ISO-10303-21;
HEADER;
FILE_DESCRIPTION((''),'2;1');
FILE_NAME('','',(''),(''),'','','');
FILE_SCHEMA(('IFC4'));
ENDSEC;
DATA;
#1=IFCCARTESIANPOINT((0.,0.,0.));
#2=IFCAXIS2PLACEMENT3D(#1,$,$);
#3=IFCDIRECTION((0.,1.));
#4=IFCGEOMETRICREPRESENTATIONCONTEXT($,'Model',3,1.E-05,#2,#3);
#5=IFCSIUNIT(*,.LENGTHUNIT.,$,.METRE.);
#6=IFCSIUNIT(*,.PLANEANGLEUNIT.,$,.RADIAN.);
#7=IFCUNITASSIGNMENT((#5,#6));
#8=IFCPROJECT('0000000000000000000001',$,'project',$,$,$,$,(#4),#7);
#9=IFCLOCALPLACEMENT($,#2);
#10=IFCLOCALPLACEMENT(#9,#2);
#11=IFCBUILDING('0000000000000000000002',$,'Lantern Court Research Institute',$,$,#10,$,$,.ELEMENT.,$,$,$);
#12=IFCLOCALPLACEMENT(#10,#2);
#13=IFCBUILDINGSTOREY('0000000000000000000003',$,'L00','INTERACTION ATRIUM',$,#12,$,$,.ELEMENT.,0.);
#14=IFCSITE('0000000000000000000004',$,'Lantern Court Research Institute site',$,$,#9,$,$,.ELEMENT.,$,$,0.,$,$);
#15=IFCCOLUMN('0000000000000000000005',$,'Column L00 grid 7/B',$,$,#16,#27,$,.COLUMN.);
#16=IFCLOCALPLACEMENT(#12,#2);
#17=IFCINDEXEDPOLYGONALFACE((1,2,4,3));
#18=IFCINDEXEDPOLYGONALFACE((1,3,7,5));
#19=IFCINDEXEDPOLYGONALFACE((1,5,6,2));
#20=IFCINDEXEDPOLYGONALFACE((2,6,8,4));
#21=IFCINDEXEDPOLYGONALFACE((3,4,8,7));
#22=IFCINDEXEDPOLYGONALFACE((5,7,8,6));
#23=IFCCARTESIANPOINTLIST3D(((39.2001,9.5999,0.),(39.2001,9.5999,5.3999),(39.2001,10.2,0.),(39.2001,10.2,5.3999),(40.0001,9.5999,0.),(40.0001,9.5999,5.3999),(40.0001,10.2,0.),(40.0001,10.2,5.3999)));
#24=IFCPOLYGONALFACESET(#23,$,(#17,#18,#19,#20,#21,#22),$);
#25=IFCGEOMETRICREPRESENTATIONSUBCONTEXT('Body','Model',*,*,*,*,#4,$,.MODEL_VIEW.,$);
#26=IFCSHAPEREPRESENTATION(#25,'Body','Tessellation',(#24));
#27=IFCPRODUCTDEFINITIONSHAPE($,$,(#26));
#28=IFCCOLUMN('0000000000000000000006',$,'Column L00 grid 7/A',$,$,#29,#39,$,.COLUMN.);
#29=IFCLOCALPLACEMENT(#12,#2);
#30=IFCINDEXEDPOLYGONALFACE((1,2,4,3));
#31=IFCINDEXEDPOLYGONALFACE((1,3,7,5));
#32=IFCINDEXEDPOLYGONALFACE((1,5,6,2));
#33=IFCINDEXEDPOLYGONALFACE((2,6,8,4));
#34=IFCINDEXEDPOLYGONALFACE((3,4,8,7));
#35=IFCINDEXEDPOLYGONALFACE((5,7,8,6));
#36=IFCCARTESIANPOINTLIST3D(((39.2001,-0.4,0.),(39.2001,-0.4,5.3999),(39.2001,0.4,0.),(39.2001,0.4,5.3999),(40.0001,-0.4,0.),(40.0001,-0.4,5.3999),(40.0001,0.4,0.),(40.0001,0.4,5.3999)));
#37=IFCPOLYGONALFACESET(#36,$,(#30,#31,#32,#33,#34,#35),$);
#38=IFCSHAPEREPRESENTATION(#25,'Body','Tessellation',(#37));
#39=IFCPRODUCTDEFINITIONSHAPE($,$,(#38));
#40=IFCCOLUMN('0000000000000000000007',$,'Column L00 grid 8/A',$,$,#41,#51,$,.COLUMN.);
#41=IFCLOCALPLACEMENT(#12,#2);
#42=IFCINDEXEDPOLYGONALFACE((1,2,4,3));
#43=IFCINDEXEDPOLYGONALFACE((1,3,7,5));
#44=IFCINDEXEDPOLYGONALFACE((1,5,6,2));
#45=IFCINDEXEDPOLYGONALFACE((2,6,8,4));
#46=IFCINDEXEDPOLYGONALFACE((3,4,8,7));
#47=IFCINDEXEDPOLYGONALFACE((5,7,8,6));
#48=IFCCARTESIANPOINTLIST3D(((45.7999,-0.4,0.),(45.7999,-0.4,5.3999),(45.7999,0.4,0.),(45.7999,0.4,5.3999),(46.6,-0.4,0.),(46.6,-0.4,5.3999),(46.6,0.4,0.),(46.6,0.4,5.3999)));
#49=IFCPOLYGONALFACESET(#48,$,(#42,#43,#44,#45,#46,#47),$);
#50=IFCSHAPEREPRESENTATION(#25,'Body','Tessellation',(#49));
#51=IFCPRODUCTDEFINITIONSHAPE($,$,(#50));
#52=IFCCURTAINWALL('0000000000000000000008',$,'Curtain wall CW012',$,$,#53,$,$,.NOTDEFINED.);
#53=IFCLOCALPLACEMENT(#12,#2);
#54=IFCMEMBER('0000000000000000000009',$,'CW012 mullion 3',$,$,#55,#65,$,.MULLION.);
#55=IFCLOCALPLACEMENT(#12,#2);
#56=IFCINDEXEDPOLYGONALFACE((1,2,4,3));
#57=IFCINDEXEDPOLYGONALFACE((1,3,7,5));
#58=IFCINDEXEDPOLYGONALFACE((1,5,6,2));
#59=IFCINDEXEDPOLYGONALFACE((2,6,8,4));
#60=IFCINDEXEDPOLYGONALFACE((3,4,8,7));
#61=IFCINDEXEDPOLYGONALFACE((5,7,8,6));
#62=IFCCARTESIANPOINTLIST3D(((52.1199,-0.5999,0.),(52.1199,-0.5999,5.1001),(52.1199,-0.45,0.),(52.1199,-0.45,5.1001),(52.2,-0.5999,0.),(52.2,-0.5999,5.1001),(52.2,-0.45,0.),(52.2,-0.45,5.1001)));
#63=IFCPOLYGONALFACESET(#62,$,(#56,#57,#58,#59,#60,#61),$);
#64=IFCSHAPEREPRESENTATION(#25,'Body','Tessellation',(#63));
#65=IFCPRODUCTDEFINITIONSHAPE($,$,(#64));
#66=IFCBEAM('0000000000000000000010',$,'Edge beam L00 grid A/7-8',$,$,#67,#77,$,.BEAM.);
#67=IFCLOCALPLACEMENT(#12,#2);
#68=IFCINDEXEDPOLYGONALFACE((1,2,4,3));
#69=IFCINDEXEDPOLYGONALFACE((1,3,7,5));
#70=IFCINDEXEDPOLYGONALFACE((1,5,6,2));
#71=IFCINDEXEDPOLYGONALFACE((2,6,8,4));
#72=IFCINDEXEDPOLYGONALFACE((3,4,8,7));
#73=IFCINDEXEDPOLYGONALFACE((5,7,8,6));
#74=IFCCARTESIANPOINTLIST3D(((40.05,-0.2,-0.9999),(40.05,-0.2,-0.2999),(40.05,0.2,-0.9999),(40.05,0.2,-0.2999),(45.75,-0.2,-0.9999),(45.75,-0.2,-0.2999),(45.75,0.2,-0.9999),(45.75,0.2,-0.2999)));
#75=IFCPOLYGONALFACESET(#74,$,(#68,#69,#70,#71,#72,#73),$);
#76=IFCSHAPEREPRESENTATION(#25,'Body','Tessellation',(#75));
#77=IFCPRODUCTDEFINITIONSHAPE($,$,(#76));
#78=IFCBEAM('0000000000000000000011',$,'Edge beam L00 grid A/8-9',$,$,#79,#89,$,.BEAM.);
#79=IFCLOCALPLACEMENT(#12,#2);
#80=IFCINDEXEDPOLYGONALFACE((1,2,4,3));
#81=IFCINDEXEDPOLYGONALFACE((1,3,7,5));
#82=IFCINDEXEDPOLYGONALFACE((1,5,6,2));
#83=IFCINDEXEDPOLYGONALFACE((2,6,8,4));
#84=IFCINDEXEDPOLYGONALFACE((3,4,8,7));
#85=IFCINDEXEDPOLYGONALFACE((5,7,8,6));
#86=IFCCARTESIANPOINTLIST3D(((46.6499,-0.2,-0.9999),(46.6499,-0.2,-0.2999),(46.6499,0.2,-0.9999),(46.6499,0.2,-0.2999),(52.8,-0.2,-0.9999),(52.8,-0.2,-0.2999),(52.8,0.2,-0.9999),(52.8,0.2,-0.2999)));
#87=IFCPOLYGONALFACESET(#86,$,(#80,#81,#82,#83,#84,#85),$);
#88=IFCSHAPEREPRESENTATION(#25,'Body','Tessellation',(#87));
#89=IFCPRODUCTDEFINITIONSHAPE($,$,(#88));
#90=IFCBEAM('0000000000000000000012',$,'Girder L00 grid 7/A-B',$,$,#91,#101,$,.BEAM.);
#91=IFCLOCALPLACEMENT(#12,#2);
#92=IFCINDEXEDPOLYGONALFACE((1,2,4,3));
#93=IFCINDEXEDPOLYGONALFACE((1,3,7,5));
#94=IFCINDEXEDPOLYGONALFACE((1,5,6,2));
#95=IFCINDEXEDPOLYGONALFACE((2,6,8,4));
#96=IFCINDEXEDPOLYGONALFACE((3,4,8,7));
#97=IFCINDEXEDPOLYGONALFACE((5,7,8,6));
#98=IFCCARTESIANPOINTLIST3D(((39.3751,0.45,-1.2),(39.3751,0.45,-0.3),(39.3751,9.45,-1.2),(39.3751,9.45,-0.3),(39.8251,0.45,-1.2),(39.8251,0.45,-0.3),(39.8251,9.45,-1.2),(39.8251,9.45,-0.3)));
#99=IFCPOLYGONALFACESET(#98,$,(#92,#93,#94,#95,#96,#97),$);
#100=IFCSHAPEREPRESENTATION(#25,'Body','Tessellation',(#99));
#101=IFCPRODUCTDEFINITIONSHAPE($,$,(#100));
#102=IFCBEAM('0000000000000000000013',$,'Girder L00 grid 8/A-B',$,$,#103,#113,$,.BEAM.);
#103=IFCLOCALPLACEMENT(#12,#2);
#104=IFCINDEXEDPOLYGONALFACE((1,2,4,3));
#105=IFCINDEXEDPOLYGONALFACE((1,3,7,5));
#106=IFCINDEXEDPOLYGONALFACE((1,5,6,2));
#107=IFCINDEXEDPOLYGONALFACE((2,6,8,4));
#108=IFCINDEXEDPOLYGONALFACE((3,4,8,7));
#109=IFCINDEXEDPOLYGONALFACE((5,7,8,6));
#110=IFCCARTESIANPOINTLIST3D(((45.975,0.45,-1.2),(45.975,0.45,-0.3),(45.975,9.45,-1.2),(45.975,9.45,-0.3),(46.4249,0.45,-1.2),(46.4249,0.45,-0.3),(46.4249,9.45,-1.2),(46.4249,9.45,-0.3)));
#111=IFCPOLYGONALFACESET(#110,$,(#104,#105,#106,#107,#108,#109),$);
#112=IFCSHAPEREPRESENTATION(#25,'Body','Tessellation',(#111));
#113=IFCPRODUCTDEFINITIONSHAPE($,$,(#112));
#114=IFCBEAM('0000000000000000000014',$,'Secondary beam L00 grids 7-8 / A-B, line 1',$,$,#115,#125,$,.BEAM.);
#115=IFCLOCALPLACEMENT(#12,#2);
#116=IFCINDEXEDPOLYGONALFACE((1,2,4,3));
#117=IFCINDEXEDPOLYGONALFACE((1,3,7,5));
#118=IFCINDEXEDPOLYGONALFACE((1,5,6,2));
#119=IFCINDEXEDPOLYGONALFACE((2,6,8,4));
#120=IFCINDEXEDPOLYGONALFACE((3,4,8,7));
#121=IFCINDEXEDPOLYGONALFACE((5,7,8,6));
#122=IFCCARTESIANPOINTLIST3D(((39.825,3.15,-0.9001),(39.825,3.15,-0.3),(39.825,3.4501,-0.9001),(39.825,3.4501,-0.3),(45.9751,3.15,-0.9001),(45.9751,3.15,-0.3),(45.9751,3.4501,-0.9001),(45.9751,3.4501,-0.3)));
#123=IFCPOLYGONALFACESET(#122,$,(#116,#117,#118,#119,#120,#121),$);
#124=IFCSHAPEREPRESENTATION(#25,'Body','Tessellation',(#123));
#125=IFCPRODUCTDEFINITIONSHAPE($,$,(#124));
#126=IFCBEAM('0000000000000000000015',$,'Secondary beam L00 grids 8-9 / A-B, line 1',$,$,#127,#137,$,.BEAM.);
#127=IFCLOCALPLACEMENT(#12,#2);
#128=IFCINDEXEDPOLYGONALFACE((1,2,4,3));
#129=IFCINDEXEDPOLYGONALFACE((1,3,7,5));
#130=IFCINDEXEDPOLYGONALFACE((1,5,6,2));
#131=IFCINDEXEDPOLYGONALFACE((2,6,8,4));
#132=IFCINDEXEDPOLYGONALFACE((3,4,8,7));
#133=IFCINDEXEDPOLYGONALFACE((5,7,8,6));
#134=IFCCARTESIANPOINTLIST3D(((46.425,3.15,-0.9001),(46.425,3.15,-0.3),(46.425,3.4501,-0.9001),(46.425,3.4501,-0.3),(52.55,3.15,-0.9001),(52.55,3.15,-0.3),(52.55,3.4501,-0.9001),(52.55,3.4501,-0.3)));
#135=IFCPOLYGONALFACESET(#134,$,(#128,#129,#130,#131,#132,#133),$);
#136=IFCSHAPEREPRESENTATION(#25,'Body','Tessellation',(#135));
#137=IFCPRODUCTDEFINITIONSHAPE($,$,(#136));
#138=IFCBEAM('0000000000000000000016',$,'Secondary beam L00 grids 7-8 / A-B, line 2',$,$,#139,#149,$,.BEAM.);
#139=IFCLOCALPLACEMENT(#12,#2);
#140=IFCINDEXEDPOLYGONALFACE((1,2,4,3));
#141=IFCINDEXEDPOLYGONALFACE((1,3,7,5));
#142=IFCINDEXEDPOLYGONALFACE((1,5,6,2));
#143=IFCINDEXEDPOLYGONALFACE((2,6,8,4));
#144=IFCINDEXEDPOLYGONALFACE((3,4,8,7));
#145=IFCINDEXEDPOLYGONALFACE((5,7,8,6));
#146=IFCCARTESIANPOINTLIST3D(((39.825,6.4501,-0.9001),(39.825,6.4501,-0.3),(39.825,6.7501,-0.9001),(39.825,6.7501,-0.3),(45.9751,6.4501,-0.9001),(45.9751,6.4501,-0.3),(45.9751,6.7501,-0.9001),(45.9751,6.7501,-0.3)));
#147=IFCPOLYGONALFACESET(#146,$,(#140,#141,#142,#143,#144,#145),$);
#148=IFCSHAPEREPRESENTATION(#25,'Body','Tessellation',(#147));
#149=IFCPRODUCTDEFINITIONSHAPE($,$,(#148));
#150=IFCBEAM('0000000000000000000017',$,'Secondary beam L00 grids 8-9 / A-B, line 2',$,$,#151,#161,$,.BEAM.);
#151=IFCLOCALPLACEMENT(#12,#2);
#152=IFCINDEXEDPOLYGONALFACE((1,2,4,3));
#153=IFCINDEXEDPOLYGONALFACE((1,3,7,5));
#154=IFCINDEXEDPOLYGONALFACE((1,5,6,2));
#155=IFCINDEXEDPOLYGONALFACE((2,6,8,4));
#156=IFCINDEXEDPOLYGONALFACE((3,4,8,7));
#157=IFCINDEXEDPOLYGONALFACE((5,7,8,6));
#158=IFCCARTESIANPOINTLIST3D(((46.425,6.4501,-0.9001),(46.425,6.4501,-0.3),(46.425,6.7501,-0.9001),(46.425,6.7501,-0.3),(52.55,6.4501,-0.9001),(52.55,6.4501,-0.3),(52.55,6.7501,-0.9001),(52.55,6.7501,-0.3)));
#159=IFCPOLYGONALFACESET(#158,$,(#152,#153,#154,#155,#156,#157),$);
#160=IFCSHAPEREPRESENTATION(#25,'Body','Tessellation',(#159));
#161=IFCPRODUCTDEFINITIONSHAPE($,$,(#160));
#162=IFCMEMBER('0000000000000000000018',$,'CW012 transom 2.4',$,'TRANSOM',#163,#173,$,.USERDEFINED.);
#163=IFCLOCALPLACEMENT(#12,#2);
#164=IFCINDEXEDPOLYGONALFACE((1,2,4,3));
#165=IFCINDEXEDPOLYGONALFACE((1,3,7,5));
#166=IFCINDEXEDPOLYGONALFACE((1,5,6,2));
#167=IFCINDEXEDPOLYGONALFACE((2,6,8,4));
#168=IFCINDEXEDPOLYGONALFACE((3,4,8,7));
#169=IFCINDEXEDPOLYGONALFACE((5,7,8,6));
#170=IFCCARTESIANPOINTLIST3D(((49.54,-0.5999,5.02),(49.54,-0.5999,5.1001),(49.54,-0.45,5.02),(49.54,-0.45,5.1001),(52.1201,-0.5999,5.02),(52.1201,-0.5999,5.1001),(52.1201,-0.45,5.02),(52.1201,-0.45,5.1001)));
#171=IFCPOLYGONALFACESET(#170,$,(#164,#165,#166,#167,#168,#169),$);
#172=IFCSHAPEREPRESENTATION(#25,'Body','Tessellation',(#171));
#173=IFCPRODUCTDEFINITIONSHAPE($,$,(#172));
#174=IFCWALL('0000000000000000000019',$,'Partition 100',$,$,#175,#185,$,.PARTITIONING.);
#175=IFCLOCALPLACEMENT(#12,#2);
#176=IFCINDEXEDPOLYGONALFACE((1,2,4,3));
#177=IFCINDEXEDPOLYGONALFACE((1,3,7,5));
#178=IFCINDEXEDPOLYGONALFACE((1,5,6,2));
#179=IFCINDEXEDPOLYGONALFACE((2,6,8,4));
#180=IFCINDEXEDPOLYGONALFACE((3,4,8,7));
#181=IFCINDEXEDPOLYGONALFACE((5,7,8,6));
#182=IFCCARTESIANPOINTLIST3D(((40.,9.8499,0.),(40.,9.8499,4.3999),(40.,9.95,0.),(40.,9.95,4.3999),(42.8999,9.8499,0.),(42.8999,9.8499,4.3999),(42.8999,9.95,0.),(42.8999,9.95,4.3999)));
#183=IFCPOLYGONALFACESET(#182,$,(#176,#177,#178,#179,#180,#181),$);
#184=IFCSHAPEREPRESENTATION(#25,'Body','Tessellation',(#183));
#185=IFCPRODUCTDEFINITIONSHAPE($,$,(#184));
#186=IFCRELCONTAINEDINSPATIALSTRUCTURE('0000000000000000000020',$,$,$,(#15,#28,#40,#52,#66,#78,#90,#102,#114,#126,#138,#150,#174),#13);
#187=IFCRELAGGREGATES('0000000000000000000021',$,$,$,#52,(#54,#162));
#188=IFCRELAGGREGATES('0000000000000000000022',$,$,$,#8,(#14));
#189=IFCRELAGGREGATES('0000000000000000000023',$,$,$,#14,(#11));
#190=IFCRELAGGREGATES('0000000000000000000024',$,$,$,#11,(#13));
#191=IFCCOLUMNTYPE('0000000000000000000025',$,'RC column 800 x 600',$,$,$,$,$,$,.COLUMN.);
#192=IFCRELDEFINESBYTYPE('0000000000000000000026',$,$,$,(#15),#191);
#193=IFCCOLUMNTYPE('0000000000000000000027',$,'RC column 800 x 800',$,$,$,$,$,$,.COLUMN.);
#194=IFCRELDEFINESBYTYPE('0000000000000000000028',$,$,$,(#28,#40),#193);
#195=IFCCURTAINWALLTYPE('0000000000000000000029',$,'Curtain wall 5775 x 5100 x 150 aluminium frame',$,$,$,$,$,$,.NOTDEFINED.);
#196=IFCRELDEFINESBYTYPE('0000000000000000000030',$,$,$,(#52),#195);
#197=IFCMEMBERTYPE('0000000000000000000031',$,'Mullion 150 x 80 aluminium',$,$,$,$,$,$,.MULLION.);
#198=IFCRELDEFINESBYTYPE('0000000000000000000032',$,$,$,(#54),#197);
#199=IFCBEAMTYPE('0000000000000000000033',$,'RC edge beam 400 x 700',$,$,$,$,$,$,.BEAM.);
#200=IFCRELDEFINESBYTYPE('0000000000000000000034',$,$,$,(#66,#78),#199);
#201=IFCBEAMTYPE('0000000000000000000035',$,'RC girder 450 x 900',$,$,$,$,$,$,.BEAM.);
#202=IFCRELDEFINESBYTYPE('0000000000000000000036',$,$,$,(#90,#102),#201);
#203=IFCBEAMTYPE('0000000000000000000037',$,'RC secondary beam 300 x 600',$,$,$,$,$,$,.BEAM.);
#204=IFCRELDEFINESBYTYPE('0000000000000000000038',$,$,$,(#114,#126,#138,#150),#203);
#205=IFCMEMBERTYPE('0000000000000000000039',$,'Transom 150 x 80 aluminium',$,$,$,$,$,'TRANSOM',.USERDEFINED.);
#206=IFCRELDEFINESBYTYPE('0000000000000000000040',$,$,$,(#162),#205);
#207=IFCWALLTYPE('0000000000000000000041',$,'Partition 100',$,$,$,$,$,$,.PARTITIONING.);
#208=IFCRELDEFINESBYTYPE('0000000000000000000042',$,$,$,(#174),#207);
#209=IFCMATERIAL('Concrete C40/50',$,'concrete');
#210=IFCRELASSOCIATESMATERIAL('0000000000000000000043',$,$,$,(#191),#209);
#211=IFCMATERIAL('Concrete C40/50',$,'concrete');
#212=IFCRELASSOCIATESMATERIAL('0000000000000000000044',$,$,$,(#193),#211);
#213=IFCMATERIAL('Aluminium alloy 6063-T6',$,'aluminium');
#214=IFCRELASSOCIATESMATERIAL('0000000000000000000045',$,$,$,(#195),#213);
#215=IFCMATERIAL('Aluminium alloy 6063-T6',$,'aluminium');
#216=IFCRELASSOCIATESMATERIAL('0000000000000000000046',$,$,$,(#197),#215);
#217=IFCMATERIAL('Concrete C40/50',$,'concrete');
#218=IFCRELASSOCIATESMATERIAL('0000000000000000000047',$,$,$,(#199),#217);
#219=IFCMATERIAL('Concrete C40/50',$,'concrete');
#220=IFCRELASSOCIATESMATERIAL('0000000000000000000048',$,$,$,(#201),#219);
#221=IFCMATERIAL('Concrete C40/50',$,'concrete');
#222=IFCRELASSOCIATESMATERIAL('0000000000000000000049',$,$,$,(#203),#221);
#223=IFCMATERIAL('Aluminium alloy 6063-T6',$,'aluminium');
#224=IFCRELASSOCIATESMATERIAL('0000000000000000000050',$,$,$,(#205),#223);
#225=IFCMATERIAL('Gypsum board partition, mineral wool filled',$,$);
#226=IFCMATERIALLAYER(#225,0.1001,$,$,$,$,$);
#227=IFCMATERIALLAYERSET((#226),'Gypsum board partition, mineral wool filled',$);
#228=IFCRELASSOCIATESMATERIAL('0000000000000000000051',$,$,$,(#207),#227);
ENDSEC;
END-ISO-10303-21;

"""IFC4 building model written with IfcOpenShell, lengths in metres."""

from ifc_helpers import new_model, si_unit, direction, frame, frame_2d, origin, origin_2d, place, context, subcontext, project, spatial, rectangle, extrude, material, layer, layer_set, material_profile, profile_set, type_object, element, aggregate, save


model = new_model("IFC4")

# Units and contexts
model_context = context("Model", 3, precision=1e-05, world=origin(), true_north=direction((0.0, 1.0)))
body_context = subcontext(model_context, "Body", "Model", "MODEL_VIEW")
ifc_project = project(units=[si_unit("LENGTHUNIT", "METRE"), si_unit("PLANEANGLEUNIT", "RADIAN")], contexts=[model_context])

# Site, building, storey
site_placement = place(None, origin())
site = spatial("IfcSite", under=ifc_project, at=site_placement, Name="Lantern Court Research Institute site", CompositionType="ELEMENT", RefElevation=0.0)
building_placement = place(site_placement, origin())
building = spatial("IfcBuilding", under=site, at=building_placement, Name="Lantern Court Research Institute", CompositionType="ELEMENT")
storey_placement = place(building_placement, origin())
storey = spatial("IfcBuildingStorey", under=building, at=storey_placement, Name="L00", Description="INTERACTION ATRIUM", CompositionType="ELEMENT", Elevation=0.0)

# Columns
ifc_material_1 = material(Name="Concrete C40/50", Category="concrete")
ifc_material_profile_1 = material_profile(ifc_material_1, rectangle(XDim=0.8, YDim=0.6001, at=origin_2d()), Name="RC column 800 x 600")
ifc_profile_set_1 = profile_set([ifc_material_profile_1], Name="Concrete C40/50")
column_type_1 = type_object("IfcColumnType", Name="RC column 800 x 600", PredefinedType="COLUMN", material=ifc_profile_set_1)
column_placement = place(storey_placement, frame((39.6001, 9.8999, 0.0), z_axis=(0.0, 0.0, 1.0), x_axis=(1.0, 0.0, 0.0)))
element("IfcColumn", 1, at=column_placement, inside=storey, type_object=column_type_1, Name="Column L00 grid 7/B", PredefinedType="COLUMN", context=body_context, shape_type="SweptSolid", body=[
    extrude(rectangle(XDim=0.8, YDim=0.6001, at=origin_2d()), origin(), (0.0, 0.0, 1.0), 5.3999),
])
ifc_material_2 = material(Name="Concrete C40/50", Category="concrete")
ifc_material_profile_2 = material_profile(ifc_material_2, rectangle(XDim=0.8, YDim=0.8, at=origin_2d()), Name="RC column 800 x 800")
ifc_profile_set_2 = profile_set([ifc_material_profile_2], Name="Concrete C40/50")
column_type_2 = type_object("IfcColumnType", Name="RC column 800 x 800", PredefinedType="COLUMN", material=ifc_profile_set_2)
for number, where, z_axis, x_axis, name in (
    (2, (39.6001, 0.0, 0.0), (0.0, 0.0, 1.0), (1.0, 0.0, 0.0), "Column L00 grid 7/A"),
    (3, (46.2, 0.0, 0.0), (0.0, 0.0, 1.0), (1.0, 0.0, 0.0), "Column L00 grid 8/A"),
):
    element("IfcColumn", number, at=place(storey_placement, frame(where, z_axis=z_axis, x_axis=x_axis)), inside=storey, type_object=column_type_2, Name=name, PredefinedType="COLUMN", context=body_context, shape_type="SweptSolid", body=[
        extrude(rectangle(XDim=0.8, YDim=0.8, at=origin_2d()), origin(), (0.0, 0.0, 1.0), 5.3999),
    ])

# Curtain wall, member
ifc_material_3 = material(Name="Aluminium alloy 6063-T6", Category="aluminium")
curtain_wall_type = type_object("IfcCurtainWallType", Name="Curtain wall 5775 x 5100 x 150 aluminium frame", PredefinedType="NOTDEFINED", material=ifc_material_3)
curtain_wall_placement = place(storey_placement, origin())
curtain_wall = element("IfcCurtainWall", 4, at=curtain_wall_placement, inside=storey, type_object=curtain_wall_type, Name="Curtain wall CW012", PredefinedType="NOTDEFINED")
ifc_material_4 = material(Name="Aluminium alloy 6063-T6", Category="aluminium")
ifc_material_profile_3 = material_profile(ifc_material_4, rectangle(XDim=0.1499, YDim=0.0801, at=origin_2d()), Name="Mullion 150 x 80")
ifc_profile_set_3 = profile_set([ifc_material_profile_3], Name="Aluminium alloy 6063-T6")
member_type_1 = type_object("IfcMemberType", Name="Mullion 150 x 80 aluminium", PredefinedType="MULLION", material=ifc_profile_set_3)
member_1_placement = place(storey_placement, frame((52.1599, -0.5249, 0.0), z_axis=(0.0, 0.0, 1.0), x_axis=(0.0, -1.0, 0.0)))
member_1 = element("IfcMember", 5, at=member_1_placement, type_object=member_type_1, Name="CW012 mullion 3", PredefinedType="MULLION", context=body_context, shape_type="SweptSolid", body=[
    extrude(rectangle(XDim=0.1499, YDim=0.0801, at=origin_2d()), origin(), (0.0, 0.0, 1.0), 5.1001),
])

# Beams
ifc_material_5 = material(Name="Concrete C40/50", Category="concrete")
ifc_material_profile_4 = material_profile(ifc_material_5, rectangle(XDim=0.3999, YDim=0.7, at=origin_2d()), Name="RC beam 400 x 700")
ifc_profile_set_4 = profile_set([ifc_material_profile_4], Name="Concrete C40/50")
beam_type_1 = type_object("IfcBeamType", Name="RC edge beam 400 x 700", PredefinedType="BEAM", material=ifc_profile_set_4)
beam_1_placement = place(storey_placement, frame((40.05, 0.0, -0.6499), z_axis=(1.0, 0.0, 0.0), x_axis=(0.0, 1.0, 0.0)))
element("IfcBeam", 6, at=beam_1_placement, inside=storey, type_object=beam_type_1, Name="Edge beam L00 grid A/7-8", PredefinedType="BEAM", context=body_context, shape_type="SweptSolid", body=[
    extrude(rectangle(XDim=0.3999, YDim=0.7, at=origin_2d()), origin(), (0.0, 0.0, 1.0), 5.7),
])
beam_2_placement = place(storey_placement, frame((46.6499, 0.0, -0.6499), z_axis=(1.0, 0.0, 0.0), x_axis=(0.0, 1.0, 0.0)))
element("IfcBeam", 7, at=beam_2_placement, inside=storey, type_object=beam_type_1, Name="Edge beam L00 grid A/8-9", PredefinedType="BEAM", context=body_context, shape_type="SweptSolid", body=[
    extrude(rectangle(XDim=0.3999, YDim=0.7, at=origin_2d()), origin(), (0.0, 0.0, 1.0), 6.1501),
])
ifc_material_6 = material(Name="Concrete C40/50", Category="concrete")
ifc_material_profile_5 = material_profile(ifc_material_6, rectangle(XDim=0.45, YDim=0.8999, at=origin_2d()), Name="RC beam 450 x 900")
ifc_profile_set_5 = profile_set([ifc_material_profile_5], Name="Concrete C40/50")
beam_type_2 = type_object("IfcBeamType", Name="RC girder 450 x 900", PredefinedType="BEAM", material=ifc_profile_set_5)
for number, where, z_axis, x_axis, name in (
    (8, (39.6001, 0.45, -0.75), (0.0, 1.0, 0.0), (-1.0, 0.0, 0.0), "Girder L00 grid 7/A-B"),
    (9, (46.2, 0.45, -0.75), (0.0, 1.0, 0.0), (-1.0, 0.0, 0.0), "Girder L00 grid 8/A-B"),
):
    element("IfcBeam", number, at=place(storey_placement, frame(where, z_axis=z_axis, x_axis=x_axis)), inside=storey, type_object=beam_type_2, Name=name, PredefinedType="BEAM", context=body_context, shape_type="SweptSolid", body=[
        extrude(rectangle(XDim=0.45, YDim=0.8999, at=origin_2d()), origin(), (0.0, 0.0, 1.0), 9.0),
    ])
ifc_material_7 = material(Name="Concrete C40/50", Category="concrete")
ifc_material_profile_6 = material_profile(ifc_material_7, rectangle(XDim=0.3, YDim=0.6001, at=origin_2d()), Name="RC beam 300 x 600")
ifc_profile_set_6 = profile_set([ifc_material_profile_6], Name="Concrete C40/50")
beam_type_3 = type_object("IfcBeamType", Name="RC secondary beam 300 x 600", PredefinedType="BEAM", material=ifc_profile_set_6)
beam_3_placement = place(storey_placement, frame((39.825, 3.3, -0.6001), z_axis=(1.0, 0.0, 0.0), x_axis=(0.0, 1.0, 0.0)))
element("IfcBeam", 10, at=beam_3_placement, inside=storey, type_object=beam_type_3, Name="Secondary beam L00 grids 7-8 / A-B, line 1", PredefinedType="BEAM", context=body_context, shape_type="SweptSolid", body=[
    extrude(rectangle(XDim=0.3, YDim=0.6001, at=origin_2d()), origin(), (0.0, 0.0, 1.0), 6.1501),
])
beam_4_placement = place(storey_placement, frame((46.425, 3.3, -0.6001), z_axis=(1.0, 0.0, 0.0), x_axis=(0.0, 1.0, 0.0)))
element("IfcBeam", 11, at=beam_4_placement, inside=storey, type_object=beam_type_3, Name="Secondary beam L00 grids 8-9 / A-B, line 1", PredefinedType="BEAM", context=body_context, shape_type="SweptSolid", body=[
    extrude(rectangle(XDim=0.3, YDim=0.6001, at=origin_2d()), origin(), (0.0, 0.0, 1.0), 6.125),
])
beam_5_placement = place(storey_placement, frame((39.825, 6.6001, -0.6001), z_axis=(1.0, 0.0, 0.0), x_axis=(0.0, 1.0, 0.0)))
element("IfcBeam", 12, at=beam_5_placement, inside=storey, type_object=beam_type_3, Name="Secondary beam L00 grids 7-8 / A-B, line 2", PredefinedType="BEAM", context=body_context, shape_type="SweptSolid", body=[
    extrude(rectangle(XDim=0.3, YDim=0.6001, at=origin_2d()), origin(), (0.0, 0.0, 1.0), 6.1501),
])
beam_6_placement = place(storey_placement, frame((46.425, 6.6001, -0.6001), z_axis=(1.0, 0.0, 0.0), x_axis=(0.0, 1.0, 0.0)))
element("IfcBeam", 13, at=beam_6_placement, inside=storey, type_object=beam_type_3, Name="Secondary beam L00 grids 8-9 / A-B, line 2", PredefinedType="BEAM", context=body_context, shape_type="SweptSolid", body=[
    extrude(rectangle(XDim=0.3, YDim=0.6001, at=origin_2d()), origin(), (0.0, 0.0, 1.0), 6.125),
])

# Member
ifc_material_8 = material(Name="Aluminium alloy 6063-T6", Category="aluminium")
ifc_material_profile_7 = material_profile(ifc_material_8, rectangle(XDim=0.1499, YDim=0.0801, at=origin_2d()), Name="Transom 150 x 80")
ifc_profile_set_7 = profile_set([ifc_material_profile_7], Name="Aluminium alloy 6063-T6")
member_type_2 = type_object("IfcMemberType", Name="Transom 150 x 80 aluminium", ElementType="TRANSOM", PredefinedType="USERDEFINED", material=ifc_profile_set_7)
member_2_placement = place(storey_placement, frame((52.1201, -0.5249, 5.0601), z_axis=(-1.0, 0.0, 0.0), x_axis=(0.0, -1.0, 0.0)))
member_2 = element("IfcMember", 14, at=member_2_placement, type_object=member_type_2, Name="CW012 transom 2.4", ObjectType="TRANSOM", PredefinedType="USERDEFINED", context=body_context, shape_type="SweptSolid", body=[
    extrude(rectangle(XDim=0.1499, YDim=0.0801, at=origin_2d()), origin(), (0.0, 0.0, 1.0), 2.5801),
])
aggregate(curtain_wall, [member_1, member_2])

# Wall
ifc_material_9 = material(Name="Gypsum board partition, mineral wool filled")
ifc_layer = layer(ifc_material_9, 0.1001)
ifc_layer_set = layer_set([ifc_layer], Name="Gypsum board partition, mineral wool filled")
wall_type = type_object("IfcWallType", Name="Partition 100", PredefinedType="PARTITIONING", material=ifc_layer_set)
wall_1_placement = place(storey_placement, frame((40.0, 9.8999, 0.0), z_axis=(0.0, 0.0, 1.0), x_axis=(1.0, 0.0, 0.0)))
element("IfcWall", 15, at=wall_1_placement, inside=storey, type_object=wall_type, Name="Partition 100", PredefinedType="PARTITIONING", context=body_context, shape_type="SweptSolid", body=[
    extrude(rectangle(XDim=2.8999, YDim=0.1001, at=frame_2d((1.45, 0.0))), origin(), (0.0, 0.0, 1.0), 4.3999),
])

save(model, "model.ifc")
